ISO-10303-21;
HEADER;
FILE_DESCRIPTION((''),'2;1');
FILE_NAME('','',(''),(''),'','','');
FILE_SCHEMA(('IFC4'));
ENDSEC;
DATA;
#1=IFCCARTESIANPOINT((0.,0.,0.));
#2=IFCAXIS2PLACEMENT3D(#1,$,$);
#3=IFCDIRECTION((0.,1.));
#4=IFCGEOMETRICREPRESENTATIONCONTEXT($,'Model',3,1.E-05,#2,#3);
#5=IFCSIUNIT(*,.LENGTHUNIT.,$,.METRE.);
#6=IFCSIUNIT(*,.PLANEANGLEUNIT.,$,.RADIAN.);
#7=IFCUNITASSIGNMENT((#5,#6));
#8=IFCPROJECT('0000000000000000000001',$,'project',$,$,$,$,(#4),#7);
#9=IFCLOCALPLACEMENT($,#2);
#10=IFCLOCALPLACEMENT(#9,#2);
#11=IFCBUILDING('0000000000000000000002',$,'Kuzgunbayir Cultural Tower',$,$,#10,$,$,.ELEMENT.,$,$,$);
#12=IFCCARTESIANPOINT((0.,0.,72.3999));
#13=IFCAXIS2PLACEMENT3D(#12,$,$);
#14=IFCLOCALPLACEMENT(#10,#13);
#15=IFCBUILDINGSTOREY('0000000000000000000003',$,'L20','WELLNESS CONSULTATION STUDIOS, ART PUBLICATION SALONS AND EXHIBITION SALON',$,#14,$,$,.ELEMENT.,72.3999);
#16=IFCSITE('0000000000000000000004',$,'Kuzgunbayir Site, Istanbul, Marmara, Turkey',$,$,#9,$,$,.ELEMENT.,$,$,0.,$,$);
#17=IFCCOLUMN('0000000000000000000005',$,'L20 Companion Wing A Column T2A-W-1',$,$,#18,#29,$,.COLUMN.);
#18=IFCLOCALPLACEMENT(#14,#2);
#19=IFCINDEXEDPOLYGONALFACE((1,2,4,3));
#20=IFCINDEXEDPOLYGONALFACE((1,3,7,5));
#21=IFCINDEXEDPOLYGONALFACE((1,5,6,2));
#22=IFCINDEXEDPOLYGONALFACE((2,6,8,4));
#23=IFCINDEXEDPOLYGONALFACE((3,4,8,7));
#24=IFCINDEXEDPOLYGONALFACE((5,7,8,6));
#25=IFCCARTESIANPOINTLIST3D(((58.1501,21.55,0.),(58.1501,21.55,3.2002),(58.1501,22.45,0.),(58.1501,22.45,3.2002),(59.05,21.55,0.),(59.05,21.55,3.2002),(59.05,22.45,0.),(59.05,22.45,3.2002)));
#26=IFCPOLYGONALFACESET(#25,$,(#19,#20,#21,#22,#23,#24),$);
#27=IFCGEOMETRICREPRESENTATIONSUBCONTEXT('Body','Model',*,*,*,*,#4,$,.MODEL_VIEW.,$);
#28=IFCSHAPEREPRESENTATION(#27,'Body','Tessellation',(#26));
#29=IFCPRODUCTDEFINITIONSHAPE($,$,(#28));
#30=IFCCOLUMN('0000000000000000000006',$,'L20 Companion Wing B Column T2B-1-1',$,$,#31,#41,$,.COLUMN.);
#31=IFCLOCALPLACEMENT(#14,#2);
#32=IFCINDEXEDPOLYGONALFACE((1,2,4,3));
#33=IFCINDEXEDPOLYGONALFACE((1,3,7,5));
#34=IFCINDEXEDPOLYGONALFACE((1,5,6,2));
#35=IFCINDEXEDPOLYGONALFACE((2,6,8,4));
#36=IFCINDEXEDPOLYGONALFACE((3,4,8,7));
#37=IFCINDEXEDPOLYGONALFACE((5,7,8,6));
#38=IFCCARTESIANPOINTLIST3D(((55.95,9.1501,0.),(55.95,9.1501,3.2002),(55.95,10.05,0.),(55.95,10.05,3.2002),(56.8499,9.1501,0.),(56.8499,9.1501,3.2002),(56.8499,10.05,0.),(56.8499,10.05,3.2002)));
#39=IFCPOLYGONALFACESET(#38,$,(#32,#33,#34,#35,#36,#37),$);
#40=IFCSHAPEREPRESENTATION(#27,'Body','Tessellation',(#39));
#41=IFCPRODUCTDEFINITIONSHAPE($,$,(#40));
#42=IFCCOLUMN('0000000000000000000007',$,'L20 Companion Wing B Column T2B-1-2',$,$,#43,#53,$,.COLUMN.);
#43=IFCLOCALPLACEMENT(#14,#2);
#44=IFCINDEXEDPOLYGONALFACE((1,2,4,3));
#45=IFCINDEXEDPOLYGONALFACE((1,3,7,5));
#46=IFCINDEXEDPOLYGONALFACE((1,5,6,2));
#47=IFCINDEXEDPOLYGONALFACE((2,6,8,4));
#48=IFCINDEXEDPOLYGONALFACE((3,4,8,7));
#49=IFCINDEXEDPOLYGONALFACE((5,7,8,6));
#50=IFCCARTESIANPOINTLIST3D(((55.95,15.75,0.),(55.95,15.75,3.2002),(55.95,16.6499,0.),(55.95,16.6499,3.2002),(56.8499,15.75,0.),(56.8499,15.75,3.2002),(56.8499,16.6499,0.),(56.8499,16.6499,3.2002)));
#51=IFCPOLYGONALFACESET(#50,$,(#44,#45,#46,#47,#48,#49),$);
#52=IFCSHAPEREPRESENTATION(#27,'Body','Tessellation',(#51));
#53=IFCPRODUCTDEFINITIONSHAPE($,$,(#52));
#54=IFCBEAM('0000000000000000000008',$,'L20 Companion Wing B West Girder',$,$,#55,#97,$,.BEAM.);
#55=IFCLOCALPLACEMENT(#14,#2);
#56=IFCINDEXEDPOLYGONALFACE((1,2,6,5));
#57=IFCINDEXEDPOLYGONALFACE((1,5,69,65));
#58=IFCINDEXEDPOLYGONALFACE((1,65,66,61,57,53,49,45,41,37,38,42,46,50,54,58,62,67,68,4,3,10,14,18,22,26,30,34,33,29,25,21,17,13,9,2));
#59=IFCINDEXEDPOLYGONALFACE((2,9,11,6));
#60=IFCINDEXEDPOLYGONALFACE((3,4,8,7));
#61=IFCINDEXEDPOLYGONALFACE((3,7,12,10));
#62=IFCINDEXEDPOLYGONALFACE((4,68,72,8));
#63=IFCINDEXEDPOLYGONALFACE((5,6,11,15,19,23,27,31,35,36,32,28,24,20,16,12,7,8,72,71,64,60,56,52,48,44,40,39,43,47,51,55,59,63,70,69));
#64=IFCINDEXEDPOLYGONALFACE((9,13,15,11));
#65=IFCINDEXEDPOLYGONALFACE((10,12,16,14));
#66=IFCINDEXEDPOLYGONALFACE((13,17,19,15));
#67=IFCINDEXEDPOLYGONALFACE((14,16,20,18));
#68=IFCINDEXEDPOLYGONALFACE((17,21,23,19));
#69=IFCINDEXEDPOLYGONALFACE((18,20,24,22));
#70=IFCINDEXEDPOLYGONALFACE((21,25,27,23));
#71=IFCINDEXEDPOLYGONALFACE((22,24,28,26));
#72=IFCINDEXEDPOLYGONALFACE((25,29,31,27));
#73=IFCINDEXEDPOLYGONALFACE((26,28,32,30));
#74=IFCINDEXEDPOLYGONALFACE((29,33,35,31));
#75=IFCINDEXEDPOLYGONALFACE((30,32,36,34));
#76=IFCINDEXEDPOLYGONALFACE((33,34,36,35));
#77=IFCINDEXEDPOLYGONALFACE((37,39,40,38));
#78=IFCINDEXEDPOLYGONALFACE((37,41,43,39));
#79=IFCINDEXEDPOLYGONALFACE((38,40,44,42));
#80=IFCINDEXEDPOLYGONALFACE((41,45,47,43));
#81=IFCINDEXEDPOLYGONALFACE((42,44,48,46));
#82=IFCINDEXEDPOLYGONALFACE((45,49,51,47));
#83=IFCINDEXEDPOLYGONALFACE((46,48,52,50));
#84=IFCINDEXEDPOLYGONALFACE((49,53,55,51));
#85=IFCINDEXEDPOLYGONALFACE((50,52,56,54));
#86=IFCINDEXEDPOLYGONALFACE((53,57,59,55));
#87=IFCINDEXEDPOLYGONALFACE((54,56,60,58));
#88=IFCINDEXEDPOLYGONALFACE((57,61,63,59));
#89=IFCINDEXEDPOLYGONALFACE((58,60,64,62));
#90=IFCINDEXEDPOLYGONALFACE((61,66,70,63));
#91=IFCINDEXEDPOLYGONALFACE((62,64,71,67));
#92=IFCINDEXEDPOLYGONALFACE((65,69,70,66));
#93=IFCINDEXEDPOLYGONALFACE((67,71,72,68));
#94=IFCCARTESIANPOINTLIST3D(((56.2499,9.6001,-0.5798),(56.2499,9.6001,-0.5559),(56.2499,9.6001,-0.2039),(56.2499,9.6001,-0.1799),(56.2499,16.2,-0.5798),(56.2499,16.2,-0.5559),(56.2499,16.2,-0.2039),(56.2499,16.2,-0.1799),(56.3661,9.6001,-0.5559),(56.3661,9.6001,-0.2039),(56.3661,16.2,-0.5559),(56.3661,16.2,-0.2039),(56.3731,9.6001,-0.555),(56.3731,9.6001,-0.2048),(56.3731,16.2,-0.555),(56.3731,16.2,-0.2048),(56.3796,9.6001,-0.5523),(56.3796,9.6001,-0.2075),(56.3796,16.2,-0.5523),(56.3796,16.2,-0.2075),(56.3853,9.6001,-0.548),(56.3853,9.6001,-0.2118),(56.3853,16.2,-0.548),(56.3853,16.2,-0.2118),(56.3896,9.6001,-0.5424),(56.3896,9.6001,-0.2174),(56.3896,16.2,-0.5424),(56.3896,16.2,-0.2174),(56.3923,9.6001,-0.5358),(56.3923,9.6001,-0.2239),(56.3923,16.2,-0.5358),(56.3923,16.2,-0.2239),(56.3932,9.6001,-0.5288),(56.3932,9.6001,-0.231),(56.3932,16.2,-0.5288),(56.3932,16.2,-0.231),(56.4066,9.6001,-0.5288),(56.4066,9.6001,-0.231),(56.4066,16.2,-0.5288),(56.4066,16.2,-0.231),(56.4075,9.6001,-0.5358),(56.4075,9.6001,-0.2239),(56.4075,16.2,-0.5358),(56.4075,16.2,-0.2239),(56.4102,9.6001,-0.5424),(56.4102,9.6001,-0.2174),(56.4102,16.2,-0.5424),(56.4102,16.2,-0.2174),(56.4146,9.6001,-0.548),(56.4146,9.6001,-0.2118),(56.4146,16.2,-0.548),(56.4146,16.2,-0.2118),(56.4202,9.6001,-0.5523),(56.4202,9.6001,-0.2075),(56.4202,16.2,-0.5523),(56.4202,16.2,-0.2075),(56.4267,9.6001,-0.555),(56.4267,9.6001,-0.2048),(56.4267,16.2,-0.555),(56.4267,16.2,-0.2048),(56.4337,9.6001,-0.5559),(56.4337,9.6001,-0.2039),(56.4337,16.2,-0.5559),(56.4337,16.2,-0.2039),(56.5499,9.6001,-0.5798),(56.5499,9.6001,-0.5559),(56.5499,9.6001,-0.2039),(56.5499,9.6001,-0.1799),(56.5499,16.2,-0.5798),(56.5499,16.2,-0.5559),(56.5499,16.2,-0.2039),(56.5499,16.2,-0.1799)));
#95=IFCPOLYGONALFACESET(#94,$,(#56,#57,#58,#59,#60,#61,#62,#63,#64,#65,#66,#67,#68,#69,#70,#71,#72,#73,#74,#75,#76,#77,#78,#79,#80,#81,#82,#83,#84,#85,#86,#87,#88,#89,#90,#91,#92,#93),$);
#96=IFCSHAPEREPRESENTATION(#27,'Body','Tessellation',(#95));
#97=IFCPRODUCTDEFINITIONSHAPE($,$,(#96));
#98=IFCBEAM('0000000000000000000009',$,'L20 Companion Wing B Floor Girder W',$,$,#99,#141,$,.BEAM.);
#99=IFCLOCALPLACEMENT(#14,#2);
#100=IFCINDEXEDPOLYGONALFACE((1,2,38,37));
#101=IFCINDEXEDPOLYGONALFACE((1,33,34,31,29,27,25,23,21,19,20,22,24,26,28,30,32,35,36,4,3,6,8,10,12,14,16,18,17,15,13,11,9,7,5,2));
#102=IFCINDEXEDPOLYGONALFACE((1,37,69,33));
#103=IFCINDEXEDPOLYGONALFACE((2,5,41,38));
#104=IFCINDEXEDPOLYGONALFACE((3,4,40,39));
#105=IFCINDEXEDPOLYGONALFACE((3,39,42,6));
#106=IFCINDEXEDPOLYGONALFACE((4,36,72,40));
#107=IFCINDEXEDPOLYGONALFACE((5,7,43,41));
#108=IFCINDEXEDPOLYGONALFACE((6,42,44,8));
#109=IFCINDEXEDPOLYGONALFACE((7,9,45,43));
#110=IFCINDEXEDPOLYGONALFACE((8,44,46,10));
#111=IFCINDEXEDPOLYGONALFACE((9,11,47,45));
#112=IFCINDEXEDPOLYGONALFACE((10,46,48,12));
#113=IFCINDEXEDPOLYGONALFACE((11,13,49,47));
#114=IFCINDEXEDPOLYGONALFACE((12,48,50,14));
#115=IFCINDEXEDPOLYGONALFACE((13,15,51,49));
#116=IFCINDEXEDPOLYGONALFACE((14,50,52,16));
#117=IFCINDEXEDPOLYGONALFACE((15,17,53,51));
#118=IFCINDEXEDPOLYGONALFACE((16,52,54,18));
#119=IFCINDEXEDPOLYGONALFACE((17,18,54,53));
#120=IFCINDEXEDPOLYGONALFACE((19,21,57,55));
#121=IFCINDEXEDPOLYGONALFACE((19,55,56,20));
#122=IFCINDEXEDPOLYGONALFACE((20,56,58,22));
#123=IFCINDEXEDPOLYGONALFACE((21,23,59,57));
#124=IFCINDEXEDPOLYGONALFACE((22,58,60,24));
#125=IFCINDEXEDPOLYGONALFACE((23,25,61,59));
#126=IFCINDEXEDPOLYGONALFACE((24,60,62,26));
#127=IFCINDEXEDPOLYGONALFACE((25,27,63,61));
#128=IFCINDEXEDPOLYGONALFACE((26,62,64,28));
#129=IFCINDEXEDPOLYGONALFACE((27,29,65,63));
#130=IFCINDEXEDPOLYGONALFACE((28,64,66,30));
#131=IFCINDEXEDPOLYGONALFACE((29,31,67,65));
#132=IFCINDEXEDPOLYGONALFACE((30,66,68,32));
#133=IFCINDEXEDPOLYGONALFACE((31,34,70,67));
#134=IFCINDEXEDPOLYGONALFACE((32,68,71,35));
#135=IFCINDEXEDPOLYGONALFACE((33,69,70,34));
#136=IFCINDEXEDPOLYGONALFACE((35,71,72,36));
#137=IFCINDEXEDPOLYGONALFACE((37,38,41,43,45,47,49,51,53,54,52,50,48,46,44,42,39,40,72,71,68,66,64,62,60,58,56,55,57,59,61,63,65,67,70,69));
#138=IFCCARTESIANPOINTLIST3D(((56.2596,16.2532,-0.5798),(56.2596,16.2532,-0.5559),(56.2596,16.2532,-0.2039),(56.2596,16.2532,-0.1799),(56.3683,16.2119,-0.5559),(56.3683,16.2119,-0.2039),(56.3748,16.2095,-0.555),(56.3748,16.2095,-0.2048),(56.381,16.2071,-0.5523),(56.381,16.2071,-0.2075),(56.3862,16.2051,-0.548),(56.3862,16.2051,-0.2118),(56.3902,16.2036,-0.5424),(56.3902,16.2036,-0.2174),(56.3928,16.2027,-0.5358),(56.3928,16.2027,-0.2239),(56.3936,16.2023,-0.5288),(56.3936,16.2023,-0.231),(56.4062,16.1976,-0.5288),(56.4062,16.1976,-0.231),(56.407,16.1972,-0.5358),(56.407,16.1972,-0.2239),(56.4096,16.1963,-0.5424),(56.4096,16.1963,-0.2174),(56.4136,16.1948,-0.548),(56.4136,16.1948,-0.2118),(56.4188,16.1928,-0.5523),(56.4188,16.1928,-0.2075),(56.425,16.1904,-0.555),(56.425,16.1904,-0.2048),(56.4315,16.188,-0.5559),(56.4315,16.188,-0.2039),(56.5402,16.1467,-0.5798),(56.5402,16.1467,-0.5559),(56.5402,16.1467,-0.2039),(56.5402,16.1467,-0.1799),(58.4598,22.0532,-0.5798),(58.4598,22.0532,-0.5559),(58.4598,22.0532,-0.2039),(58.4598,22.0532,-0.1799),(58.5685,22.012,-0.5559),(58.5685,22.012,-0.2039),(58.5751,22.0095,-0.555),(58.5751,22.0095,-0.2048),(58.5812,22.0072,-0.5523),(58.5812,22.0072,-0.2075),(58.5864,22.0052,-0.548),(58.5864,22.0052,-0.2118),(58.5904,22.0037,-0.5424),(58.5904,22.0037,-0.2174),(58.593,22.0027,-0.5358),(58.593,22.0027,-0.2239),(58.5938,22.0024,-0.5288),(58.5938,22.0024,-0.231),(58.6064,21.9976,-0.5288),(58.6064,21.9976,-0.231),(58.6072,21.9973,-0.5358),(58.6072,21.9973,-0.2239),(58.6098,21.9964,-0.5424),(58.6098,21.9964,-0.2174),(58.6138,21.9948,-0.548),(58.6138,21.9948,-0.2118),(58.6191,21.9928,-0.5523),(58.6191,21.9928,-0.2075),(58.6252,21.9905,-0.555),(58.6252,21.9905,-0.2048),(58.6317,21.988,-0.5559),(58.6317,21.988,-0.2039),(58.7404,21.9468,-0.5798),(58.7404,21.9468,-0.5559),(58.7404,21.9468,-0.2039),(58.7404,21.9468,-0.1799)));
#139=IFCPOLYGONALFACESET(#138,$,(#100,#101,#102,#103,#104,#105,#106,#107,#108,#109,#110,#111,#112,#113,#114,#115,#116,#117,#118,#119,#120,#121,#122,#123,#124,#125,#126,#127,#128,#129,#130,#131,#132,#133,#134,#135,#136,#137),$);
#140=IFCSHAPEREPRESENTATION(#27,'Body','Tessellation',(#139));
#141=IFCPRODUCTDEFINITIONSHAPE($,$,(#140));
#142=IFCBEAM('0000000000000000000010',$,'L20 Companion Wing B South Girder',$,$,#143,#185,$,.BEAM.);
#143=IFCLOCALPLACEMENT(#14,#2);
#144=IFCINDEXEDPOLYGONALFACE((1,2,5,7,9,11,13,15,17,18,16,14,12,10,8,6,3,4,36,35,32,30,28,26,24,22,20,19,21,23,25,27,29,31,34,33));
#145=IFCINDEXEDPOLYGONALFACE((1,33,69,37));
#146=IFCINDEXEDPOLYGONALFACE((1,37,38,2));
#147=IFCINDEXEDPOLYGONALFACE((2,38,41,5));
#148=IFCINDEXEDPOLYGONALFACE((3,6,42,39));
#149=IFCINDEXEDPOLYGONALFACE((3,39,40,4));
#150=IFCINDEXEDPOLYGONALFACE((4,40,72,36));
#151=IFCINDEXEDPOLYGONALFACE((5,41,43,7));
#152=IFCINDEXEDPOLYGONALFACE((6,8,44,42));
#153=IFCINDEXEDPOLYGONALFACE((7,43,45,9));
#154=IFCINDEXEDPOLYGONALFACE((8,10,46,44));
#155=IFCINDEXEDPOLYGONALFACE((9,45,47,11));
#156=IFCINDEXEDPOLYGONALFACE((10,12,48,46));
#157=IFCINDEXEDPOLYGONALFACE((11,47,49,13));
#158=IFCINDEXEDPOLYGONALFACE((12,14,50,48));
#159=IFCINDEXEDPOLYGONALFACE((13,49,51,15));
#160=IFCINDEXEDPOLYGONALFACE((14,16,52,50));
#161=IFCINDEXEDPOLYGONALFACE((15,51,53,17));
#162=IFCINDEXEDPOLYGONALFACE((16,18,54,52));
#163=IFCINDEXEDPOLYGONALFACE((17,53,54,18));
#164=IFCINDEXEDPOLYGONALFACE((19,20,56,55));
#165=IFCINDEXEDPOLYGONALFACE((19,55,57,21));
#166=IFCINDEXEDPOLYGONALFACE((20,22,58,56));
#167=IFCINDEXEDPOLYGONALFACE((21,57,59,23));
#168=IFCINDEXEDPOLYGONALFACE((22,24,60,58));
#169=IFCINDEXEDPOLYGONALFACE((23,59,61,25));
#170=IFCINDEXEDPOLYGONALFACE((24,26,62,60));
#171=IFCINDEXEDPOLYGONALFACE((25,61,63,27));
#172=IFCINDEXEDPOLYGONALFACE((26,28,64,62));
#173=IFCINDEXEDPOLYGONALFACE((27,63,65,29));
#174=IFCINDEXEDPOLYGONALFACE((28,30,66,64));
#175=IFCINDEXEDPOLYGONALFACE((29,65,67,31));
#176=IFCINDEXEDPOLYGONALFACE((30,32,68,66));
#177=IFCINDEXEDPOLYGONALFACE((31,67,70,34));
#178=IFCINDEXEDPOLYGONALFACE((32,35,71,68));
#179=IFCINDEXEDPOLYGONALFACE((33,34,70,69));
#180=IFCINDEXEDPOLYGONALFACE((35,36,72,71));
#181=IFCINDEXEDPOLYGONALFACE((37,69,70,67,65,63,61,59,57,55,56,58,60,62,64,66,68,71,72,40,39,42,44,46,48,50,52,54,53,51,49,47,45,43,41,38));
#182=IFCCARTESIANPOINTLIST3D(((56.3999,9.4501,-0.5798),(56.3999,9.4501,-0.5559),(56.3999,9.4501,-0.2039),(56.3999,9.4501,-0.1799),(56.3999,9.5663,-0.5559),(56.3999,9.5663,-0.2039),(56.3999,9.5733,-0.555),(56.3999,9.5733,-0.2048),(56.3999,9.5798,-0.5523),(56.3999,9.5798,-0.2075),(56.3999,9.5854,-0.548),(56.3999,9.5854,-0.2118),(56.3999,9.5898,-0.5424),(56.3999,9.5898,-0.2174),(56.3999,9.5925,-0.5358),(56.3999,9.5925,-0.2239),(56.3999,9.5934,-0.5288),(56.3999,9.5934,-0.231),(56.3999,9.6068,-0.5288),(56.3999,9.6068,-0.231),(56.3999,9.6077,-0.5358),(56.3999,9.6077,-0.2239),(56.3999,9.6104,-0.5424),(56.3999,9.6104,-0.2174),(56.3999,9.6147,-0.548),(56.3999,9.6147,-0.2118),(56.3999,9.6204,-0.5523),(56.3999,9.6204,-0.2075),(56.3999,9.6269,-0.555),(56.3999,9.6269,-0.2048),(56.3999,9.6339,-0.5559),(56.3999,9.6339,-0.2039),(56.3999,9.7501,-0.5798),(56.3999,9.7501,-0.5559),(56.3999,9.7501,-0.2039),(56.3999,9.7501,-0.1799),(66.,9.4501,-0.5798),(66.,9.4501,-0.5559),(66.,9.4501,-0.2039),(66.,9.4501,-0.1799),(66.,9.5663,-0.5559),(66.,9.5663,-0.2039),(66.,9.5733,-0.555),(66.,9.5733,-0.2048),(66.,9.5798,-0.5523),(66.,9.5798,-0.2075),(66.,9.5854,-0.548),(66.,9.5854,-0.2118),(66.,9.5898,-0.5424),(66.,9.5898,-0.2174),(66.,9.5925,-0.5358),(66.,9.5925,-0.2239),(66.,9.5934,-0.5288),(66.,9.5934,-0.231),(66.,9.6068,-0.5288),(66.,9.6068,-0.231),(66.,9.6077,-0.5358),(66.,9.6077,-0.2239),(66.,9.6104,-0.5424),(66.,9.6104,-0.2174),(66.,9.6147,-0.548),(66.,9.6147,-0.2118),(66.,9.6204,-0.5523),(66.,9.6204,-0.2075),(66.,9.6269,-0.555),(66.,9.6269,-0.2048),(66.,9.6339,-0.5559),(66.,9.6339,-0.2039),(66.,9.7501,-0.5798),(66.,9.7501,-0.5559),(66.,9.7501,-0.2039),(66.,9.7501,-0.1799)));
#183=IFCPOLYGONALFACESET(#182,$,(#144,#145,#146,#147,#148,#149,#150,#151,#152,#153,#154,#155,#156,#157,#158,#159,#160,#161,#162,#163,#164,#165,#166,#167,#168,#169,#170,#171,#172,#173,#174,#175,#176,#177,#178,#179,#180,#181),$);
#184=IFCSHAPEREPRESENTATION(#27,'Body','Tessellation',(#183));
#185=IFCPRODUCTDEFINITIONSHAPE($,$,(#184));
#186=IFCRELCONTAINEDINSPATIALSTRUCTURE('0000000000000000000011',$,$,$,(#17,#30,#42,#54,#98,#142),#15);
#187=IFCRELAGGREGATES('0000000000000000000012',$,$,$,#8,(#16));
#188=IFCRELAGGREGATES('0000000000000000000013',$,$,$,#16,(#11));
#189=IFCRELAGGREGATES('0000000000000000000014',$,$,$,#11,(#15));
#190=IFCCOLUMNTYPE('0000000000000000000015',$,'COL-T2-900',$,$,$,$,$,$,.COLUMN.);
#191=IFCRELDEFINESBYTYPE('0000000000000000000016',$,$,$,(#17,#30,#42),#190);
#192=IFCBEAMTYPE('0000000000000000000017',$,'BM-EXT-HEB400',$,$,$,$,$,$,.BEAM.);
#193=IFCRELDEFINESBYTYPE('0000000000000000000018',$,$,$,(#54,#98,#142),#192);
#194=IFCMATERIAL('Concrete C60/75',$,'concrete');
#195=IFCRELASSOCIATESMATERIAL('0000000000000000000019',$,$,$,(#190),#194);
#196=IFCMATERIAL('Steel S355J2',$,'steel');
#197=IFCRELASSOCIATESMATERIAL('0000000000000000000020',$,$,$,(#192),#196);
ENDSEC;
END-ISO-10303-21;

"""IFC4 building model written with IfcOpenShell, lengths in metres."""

from ifc_helpers import new_model, si_unit, direction, frame, origin, origin_2d, place, context, subcontext, project, spatial, rectangle, i_section, extrude, material, material_profile, profile_set, type_object, element, save


model = new_model("IFC4")

# Units and contexts
model_context = context("Model", 3, precision=1e-05, world=origin(), true_north=direction((0.0, 1.0)))
body_context = subcontext(model_context, "Body", "Model", "MODEL_VIEW")
ifc_project = project(units=[si_unit("LENGTHUNIT", "METRE"), si_unit("PLANEANGLEUNIT", "RADIAN")], contexts=[model_context])

# Site, building, storey
site_placement = place(None, origin())
site = spatial("IfcSite", under=ifc_project, at=site_placement, Name="Kuzgunbayir Site, Istanbul, Marmara, Turkey", CompositionType="ELEMENT", RefElevation=0.0)
building_placement = place(site_placement, origin())
building = spatial("IfcBuilding", under=site, at=building_placement, Name="Kuzgunbayir Cultural Tower", CompositionType="ELEMENT")
storey_placement = place(building_placement, frame((0.0, 0.0, 72.3999)))
storey = spatial("IfcBuildingStorey", under=building, at=storey_placement, Name="L20", Description="WELLNESS CONSULTATION STUDIOS, ART PUBLICATION SALONS AND EXHIBITION SALON", CompositionType="ELEMENT", Elevation=72.3999)

# Columns
ifc_material_1 = material(Name="Concrete C60/75", Category="concrete")
ifc_material_profile_1 = material_profile(ifc_material_1, rectangle(XDim=0.8999, YDim=0.8999, at=origin_2d()), Name="RC 900x900")
ifc_profile_set_1 = profile_set([ifc_material_profile_1], Name="Concrete C60/75")
column_type = type_object("IfcColumnType", Name="COL-T2-900", PredefinedType="COLUMN", material=ifc_profile_set_1)
for number, where, z_axis, x_axis, name in (
    (1, (58.6001, 22.0, 0.0), (0.0, 0.0, 1.0), (1.0, 0.0, 0.0), "L20 Companion Wing A Column T2A-W-1"),
    (2, (56.3999, 9.6001, 0.0), (0.0, 0.0, 1.0), (1.0, 0.0, 0.0), "L20 Companion Wing B Column T2B-1-1"),
    (3, (56.3999, 16.2, 0.0), (0.0, 0.0, 1.0), (1.0, 0.0, 0.0), "L20 Companion Wing B Column T2B-1-2"),
):
    element("IfcColumn", number, at=place(storey_placement, frame(where, z_axis=z_axis, x_axis=x_axis)), inside=storey, type_object=column_type, Name=name, PredefinedType="COLUMN", context=body_context, shape_type="SweptSolid", body=[
        extrude(rectangle(XDim=0.8999, YDim=0.8999, at=origin_2d()), origin(), (0.0, 0.0, 1.0), 3.2002),
    ])

# Beams
ifc_material_2 = material(Name="Steel S355J2", Category="steel")
ifc_material_profile_2 = material_profile(ifc_material_2, i_section(OverallWidth=0.3, OverallDepth=0.3999, WebThickness=0.0134, FlangeThickness=0.0239, FilletRadius=0.0271, at=origin_2d()), Name="HEB 400")
ifc_profile_set_2 = profile_set([ifc_material_profile_2], Name="Steel S355J2")
beam_type_1 = type_object("IfcBeamType", Name="BM-EXT-HEB400", PredefinedType="BEAM", material=ifc_profile_set_2)
beam_1_placement = place(storey_placement, frame((56.3999, 9.6001, -0.3799), z_axis=(0.0, 1.0, 0.0), x_axis=(-1.0, 0.0, 0.0)))
element("IfcBeam", 4, at=beam_1_placement, inside=storey, type_object=beam_type_1, Name="L20 Companion Wing B West Girder", PredefinedType="BEAM", context=body_context, shape_type="SweptSolid", body=[
    extrude(i_section(OverallWidth=0.3, OverallDepth=0.3999, WebThickness=0.0134, FlangeThickness=0.0239, FilletRadius=0.0271, at=origin_2d()), origin(), (0.0, 0.0, 1.0), 6.5999),
])
beam_2_placement = place(storey_placement, frame((56.3999, 16.2, -0.3799), z_axis=(0.354679, 0.934988, 0.0), x_axis=(-0.934988, 0.354679, 0.0)))
element("IfcBeam", 5, at=beam_2_placement, inside=storey, type_object=beam_type_1, Name="L20 Companion Wing B Floor Girder W", PredefinedType="BEAM", context=body_context, shape_type="SweptSolid", body=[
    extrude(i_section(OverallWidth=0.3, OverallDepth=0.3999, WebThickness=0.0134, FlangeThickness=0.0239, FilletRadius=0.0271, at=origin_2d()), origin(), (0.0, 0.0, 1.0), 6.2034),
])
beam_3_placement = place(storey_placement, frame((56.3999, 9.6001, -0.3799), z_axis=(1.0, 0.0, 0.0), x_axis=(0.0, 1.0, 0.0)))
element("IfcBeam", 6, at=beam_3_placement, inside=storey, type_object=beam_type_1, Name="L20 Companion Wing B South Girder", PredefinedType="BEAM", context=body_context, shape_type="SweptSolid", body=[
    extrude(i_section(OverallWidth=0.3, OverallDepth=0.3999, WebThickness=0.0134, FlangeThickness=0.0239, FilletRadius=0.0271, at=origin_2d()), origin(), (0.0, 0.0, 1.0), 9.6001),
])

save(model, "model.ifc")
